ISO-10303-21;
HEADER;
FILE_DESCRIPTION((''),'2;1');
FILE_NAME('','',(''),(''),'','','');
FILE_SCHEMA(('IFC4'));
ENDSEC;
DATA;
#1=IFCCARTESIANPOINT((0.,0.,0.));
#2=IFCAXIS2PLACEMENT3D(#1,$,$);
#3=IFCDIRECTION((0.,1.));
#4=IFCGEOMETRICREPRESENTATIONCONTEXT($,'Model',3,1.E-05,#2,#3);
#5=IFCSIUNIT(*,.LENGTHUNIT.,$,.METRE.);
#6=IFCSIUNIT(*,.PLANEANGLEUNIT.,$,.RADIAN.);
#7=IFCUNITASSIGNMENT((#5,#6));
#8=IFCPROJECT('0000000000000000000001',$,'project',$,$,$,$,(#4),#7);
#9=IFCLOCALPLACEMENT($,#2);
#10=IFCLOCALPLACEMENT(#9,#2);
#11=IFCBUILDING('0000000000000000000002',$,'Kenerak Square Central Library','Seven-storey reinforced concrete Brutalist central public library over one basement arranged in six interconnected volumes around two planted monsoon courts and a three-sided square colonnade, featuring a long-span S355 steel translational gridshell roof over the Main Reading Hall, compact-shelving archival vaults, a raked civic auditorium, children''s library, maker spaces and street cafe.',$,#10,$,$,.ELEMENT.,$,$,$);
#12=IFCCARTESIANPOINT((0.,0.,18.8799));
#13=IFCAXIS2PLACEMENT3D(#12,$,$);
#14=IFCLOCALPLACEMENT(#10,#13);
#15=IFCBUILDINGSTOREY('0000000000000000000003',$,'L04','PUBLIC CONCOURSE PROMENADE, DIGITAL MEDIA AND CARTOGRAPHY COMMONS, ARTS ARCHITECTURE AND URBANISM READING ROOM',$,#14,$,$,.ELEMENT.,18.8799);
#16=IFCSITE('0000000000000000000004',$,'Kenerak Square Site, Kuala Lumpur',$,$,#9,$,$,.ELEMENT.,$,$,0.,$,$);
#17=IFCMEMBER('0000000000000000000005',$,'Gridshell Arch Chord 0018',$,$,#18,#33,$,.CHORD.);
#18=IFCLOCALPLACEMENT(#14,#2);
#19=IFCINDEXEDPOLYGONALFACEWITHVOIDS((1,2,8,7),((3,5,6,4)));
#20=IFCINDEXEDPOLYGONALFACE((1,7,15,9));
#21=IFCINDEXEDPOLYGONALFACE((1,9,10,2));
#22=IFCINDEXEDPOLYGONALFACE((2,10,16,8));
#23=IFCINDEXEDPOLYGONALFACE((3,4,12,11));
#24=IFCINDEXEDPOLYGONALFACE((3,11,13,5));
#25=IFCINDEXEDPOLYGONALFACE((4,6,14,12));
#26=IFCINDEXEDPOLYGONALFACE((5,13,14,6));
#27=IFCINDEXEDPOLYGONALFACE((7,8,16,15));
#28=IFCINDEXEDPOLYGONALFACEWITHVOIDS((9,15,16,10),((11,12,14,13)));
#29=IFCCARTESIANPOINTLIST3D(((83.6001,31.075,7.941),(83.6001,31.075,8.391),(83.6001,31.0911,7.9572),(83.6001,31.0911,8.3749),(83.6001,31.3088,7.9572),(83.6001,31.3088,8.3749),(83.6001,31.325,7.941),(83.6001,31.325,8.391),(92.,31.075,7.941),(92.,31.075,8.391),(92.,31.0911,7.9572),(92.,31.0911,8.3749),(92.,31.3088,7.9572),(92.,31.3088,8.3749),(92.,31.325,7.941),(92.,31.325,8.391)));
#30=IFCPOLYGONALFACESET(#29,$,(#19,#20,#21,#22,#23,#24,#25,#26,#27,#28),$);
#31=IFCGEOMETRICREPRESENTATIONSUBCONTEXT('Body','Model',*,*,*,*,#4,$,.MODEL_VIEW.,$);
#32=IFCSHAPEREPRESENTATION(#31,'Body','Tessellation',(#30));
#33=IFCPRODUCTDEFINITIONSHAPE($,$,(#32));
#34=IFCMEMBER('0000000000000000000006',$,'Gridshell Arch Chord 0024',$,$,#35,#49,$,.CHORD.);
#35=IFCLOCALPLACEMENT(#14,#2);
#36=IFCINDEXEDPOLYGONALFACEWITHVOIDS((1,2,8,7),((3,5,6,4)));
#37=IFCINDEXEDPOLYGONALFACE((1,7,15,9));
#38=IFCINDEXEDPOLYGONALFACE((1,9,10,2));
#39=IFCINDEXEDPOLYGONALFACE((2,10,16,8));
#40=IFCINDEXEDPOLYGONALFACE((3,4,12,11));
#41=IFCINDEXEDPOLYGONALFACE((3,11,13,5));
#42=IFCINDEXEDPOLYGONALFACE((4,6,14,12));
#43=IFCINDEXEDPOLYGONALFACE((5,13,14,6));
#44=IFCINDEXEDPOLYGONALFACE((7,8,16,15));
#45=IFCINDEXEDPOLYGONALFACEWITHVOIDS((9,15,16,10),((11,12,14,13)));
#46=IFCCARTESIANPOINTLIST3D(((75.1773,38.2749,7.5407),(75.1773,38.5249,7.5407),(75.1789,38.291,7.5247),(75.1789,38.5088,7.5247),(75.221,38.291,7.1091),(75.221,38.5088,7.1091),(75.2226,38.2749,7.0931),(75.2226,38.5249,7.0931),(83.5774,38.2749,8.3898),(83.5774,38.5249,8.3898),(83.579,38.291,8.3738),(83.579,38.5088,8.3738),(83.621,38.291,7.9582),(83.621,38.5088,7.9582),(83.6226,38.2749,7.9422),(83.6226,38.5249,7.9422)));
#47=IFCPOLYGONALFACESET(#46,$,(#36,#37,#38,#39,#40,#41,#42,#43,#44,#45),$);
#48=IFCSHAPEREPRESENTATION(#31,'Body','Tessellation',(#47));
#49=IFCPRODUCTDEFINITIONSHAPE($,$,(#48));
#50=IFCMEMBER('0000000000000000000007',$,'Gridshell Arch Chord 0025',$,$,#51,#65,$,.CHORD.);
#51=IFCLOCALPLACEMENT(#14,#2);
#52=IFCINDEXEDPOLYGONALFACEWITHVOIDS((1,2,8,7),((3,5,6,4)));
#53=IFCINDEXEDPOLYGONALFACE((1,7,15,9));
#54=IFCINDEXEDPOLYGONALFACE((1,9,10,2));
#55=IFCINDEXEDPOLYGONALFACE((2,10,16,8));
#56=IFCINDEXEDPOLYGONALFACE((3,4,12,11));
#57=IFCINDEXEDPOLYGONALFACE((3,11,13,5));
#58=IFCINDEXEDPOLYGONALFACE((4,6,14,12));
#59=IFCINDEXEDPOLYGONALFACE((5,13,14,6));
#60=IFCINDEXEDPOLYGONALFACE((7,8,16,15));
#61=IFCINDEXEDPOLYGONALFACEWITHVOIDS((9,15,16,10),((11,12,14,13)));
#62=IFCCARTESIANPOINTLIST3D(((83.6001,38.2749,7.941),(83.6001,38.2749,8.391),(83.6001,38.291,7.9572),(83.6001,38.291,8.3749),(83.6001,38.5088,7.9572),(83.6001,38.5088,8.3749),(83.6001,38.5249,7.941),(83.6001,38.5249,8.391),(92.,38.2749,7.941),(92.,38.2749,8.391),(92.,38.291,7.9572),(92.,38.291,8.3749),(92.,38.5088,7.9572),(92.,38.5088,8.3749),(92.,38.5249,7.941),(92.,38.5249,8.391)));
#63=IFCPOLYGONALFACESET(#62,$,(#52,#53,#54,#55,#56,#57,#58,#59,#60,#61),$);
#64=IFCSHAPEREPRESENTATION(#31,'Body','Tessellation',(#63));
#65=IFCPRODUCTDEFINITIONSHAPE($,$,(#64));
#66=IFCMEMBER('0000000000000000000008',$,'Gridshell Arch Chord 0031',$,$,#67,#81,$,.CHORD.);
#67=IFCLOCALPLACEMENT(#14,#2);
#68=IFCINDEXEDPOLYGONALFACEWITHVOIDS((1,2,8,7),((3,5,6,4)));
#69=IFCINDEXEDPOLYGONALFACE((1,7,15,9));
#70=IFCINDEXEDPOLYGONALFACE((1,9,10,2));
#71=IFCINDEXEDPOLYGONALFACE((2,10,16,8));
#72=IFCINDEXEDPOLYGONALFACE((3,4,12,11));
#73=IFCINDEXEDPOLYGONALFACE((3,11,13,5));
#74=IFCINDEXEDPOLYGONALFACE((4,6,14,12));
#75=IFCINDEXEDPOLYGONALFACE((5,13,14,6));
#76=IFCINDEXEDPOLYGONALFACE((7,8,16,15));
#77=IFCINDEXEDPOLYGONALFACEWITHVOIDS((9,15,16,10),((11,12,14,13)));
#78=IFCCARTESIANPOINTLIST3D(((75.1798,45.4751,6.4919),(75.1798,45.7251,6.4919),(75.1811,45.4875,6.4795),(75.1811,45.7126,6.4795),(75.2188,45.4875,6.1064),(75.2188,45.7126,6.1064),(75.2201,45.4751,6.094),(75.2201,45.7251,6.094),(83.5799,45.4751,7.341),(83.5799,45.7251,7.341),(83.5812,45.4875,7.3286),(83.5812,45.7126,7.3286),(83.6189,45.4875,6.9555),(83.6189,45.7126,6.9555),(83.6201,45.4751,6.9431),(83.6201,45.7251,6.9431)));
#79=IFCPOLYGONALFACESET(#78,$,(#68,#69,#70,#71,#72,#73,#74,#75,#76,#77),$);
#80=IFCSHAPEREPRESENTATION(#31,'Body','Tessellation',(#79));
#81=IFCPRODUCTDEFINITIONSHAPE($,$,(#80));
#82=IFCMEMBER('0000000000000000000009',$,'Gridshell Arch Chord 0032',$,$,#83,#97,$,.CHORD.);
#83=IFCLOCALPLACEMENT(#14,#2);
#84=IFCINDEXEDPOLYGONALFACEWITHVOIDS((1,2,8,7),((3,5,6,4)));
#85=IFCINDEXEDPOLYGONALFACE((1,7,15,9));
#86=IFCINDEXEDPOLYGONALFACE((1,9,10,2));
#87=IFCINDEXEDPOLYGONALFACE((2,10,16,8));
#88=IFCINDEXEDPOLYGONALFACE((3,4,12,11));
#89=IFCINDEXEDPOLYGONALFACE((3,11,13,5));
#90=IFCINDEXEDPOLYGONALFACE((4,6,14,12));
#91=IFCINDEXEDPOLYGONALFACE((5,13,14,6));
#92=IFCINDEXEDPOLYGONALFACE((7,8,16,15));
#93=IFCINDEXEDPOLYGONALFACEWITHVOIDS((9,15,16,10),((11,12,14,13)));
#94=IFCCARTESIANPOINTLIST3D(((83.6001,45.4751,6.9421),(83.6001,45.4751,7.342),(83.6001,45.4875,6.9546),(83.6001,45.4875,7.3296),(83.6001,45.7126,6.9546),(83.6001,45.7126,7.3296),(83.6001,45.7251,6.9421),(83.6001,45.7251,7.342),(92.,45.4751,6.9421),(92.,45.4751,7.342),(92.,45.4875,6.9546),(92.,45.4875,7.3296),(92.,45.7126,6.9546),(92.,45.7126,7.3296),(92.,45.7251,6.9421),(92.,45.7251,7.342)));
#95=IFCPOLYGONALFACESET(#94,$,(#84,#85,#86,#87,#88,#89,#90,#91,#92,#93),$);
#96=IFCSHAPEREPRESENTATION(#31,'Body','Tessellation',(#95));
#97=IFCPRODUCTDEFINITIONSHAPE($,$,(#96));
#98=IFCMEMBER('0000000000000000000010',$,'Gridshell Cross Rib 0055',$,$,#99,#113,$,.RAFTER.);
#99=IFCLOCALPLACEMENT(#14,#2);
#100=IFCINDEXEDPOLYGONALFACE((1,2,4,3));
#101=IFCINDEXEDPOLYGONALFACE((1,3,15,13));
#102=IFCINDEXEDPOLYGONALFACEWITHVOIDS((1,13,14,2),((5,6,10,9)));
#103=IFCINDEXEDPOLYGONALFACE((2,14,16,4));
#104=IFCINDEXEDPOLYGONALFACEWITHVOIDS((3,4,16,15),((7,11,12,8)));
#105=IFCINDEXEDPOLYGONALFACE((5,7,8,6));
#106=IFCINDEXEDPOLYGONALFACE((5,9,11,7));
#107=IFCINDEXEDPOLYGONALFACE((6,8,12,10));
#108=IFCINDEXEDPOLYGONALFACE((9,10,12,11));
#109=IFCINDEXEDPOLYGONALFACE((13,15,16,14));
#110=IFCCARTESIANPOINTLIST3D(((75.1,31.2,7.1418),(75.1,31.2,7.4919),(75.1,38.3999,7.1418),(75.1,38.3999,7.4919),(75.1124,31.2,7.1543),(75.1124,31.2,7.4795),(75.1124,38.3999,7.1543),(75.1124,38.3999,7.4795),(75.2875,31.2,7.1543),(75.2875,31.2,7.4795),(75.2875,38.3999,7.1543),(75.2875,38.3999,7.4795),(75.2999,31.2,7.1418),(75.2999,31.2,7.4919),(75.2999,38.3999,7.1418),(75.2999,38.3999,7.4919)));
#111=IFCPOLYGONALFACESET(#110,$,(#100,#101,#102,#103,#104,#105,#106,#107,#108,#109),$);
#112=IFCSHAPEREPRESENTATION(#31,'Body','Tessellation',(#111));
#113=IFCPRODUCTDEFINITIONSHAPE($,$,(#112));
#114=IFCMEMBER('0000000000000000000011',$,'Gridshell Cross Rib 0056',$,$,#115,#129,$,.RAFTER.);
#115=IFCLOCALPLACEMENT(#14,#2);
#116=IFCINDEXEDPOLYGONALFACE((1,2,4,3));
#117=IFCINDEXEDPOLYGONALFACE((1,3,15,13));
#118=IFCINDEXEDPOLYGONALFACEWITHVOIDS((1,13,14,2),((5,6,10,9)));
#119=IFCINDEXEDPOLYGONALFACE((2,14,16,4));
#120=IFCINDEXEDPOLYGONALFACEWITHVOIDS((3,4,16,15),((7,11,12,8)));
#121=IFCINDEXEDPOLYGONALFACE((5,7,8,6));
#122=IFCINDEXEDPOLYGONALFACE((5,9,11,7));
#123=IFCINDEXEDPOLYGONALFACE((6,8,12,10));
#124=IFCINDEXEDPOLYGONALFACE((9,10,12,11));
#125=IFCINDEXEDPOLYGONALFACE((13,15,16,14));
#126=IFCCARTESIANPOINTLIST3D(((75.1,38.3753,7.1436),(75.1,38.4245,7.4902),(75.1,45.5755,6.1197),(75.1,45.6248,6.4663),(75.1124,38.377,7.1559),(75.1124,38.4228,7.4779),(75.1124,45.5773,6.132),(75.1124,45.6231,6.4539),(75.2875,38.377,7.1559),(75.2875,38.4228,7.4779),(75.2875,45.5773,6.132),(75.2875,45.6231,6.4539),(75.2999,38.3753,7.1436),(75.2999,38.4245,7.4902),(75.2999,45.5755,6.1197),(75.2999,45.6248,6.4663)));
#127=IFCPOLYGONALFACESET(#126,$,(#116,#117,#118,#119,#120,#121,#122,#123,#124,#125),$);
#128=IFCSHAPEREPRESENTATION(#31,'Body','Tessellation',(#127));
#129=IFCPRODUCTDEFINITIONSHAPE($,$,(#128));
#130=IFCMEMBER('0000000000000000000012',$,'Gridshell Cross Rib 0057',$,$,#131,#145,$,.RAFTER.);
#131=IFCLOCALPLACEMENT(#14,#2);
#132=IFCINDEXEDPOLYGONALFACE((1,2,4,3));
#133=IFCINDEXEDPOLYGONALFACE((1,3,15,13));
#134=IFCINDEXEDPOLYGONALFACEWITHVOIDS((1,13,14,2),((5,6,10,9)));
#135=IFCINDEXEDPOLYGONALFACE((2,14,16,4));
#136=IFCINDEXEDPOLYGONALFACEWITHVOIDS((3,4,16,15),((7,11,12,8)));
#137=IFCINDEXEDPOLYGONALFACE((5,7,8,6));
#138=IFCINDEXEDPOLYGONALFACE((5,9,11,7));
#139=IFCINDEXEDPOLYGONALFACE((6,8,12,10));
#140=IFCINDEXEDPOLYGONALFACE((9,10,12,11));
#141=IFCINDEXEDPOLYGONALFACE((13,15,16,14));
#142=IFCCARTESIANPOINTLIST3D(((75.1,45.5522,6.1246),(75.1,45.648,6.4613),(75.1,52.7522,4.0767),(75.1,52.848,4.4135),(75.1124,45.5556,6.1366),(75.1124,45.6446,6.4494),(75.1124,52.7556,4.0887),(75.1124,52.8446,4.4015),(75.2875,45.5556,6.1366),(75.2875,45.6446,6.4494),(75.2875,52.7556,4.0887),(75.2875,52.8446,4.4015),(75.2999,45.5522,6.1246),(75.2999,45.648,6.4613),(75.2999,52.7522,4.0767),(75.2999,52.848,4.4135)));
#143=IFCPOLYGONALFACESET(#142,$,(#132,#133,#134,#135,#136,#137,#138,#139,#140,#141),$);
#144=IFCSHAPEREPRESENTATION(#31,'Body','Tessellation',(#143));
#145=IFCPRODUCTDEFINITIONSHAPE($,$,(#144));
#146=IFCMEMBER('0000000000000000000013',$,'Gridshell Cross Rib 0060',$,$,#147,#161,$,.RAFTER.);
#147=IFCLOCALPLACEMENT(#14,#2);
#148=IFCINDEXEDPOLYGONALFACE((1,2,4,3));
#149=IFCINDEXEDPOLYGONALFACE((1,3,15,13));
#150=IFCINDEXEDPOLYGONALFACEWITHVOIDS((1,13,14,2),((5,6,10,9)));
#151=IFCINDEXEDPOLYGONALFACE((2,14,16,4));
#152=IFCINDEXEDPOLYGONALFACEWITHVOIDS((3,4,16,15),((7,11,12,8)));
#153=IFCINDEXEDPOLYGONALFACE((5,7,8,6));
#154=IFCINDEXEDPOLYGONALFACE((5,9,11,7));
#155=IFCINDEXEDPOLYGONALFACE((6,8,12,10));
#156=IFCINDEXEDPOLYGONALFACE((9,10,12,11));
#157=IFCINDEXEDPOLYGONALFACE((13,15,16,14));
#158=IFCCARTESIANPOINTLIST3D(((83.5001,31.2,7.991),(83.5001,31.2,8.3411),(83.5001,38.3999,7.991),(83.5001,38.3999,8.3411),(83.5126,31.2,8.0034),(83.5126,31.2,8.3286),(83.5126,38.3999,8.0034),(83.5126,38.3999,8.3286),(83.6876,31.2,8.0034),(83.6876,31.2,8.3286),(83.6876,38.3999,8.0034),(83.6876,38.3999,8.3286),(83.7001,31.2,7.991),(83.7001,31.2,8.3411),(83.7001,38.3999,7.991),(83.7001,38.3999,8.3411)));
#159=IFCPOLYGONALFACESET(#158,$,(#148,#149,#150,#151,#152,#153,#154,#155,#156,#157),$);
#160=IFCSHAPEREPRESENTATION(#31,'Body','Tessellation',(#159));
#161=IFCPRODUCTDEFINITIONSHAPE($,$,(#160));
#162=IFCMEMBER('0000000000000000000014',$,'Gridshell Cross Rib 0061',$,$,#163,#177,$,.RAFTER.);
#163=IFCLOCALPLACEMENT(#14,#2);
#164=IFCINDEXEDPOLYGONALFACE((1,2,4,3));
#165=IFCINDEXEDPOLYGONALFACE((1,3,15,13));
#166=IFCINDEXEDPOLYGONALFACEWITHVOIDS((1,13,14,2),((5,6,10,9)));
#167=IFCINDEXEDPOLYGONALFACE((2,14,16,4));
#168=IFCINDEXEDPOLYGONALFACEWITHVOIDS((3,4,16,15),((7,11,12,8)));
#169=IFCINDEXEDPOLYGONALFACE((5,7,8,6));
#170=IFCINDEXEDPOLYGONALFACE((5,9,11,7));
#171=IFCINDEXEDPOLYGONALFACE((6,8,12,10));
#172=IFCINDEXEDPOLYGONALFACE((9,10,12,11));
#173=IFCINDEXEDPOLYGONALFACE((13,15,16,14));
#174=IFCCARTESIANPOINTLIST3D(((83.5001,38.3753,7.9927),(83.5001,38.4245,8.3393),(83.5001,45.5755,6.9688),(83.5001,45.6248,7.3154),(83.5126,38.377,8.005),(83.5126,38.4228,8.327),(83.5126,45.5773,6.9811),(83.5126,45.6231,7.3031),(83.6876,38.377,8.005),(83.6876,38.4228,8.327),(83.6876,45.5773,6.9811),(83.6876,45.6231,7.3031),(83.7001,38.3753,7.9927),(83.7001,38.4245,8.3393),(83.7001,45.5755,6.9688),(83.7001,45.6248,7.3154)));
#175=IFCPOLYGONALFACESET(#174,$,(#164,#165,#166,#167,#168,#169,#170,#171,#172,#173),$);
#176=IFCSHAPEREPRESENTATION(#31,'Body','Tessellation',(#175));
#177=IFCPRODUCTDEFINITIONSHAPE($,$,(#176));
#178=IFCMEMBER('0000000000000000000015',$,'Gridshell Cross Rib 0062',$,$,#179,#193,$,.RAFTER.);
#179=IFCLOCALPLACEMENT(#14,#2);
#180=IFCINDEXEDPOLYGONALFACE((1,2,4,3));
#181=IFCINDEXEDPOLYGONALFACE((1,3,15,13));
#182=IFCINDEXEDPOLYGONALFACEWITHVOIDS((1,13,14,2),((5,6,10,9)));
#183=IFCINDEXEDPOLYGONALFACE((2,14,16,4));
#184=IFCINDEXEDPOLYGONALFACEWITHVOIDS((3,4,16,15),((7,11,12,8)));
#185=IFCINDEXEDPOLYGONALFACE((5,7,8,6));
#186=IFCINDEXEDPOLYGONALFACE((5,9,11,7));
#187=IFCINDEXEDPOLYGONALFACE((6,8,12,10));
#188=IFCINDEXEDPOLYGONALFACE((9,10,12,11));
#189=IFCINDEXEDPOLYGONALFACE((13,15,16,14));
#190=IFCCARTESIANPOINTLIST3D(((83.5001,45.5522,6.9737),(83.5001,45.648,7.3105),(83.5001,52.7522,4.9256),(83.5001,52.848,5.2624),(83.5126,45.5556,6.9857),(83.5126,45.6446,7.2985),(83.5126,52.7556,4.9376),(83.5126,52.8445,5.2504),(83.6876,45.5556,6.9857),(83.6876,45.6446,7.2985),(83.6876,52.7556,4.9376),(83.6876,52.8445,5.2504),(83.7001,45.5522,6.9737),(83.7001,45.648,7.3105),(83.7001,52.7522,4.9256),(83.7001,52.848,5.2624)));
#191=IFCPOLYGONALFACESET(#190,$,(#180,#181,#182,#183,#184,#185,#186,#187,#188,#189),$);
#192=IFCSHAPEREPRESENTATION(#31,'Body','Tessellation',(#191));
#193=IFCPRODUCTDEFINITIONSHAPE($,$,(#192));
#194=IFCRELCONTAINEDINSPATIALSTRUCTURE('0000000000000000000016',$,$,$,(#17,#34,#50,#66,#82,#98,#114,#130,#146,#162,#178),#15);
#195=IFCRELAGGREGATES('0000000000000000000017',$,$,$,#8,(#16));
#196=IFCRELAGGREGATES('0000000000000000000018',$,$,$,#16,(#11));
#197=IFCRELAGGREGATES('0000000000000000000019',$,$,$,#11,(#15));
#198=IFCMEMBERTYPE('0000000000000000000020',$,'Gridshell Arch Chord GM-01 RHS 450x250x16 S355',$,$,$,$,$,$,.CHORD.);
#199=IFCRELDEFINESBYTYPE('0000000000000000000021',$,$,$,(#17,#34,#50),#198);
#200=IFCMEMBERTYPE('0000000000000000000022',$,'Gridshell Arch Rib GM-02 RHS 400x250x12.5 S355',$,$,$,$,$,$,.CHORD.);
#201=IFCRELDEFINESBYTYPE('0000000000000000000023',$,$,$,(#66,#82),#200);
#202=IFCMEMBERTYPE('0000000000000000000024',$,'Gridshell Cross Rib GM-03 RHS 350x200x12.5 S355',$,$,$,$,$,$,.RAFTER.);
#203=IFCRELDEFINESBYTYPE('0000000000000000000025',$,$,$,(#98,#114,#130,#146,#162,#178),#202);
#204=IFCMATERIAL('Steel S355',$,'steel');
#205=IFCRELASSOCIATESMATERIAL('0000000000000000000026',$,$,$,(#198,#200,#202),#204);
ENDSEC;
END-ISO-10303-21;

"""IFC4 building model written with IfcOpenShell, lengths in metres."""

from ifc_helpers import new_model, si_unit, direction, frame, origin, origin_2d, place, context, subcontext, project, spatial, hollow_rectangle, extrude, material, material_profile, profile_set, type_object, element, save


model = new_model("IFC4")

# Units and contexts
model_context = context("Model", 3, precision=1e-05, world=origin(), true_north=direction((0.0, 1.0)))
body_context = subcontext(model_context, "Body", "Model", "MODEL_VIEW")
ifc_project = project(units=[si_unit("LENGTHUNIT", "METRE"), si_unit("PLANEANGLEUNIT", "RADIAN")], contexts=[model_context])

# Site, building, storey
site_placement = place(None, origin())
site = spatial("IfcSite", under=ifc_project, at=site_placement, Name="Kenerak Square Site, Kuala Lumpur", CompositionType="ELEMENT", RefElevation=0.0)
building_placement = place(site_placement, origin())
building = spatial("IfcBuilding", under=site, at=building_placement, Name="Kenerak Square Central Library", Description="Seven-storey reinforced concrete Brutalist central public library over one basement arranged in six interconnected volumes around two planted monsoon courts and a three-sided square colonnade, featuring a long-span S355 steel translational gridshell roof over the Main Reading Hall, compact-shelving archival vaults, a raked civic auditorium, children's library, maker spaces and street cafe.", CompositionType="ELEMENT")
storey_placement = place(building_placement, frame((0.0, 0.0, 18.8799)))
storey = spatial("IfcBuildingStorey", under=building, at=storey_placement, Name="L04", Description="PUBLIC CONCOURSE PROMENADE, DIGITAL MEDIA AND CARTOGRAPHY COMMONS, ARTS ARCHITECTURE AND URBANISM READING ROOM", CompositionType="ELEMENT", Elevation=18.8799)

# Members
ifc_material = material(Name="Steel S355", Category="steel")
ifc_material_profile_1 = material_profile(ifc_material, hollow_rectangle(XDim=0.25, YDim=0.45, WallThickness=0.0161, at=origin_2d()), Name="RHS 450x250x16.0")
ifc_profile_set_1 = profile_set([ifc_material_profile_1], Name="Steel S355")
member_type_1 = type_object("IfcMemberType", Name="Gridshell Arch Chord GM-01 RHS 450x250x16 S355", PredefinedType="CHORD", material=ifc_profile_set_1)
member_1_placement = place(storey_placement, frame((83.6001, 31.2, 8.166), z_axis=(1.0, 0.0, 0.0), x_axis=(0.0, 1.0, 0.0)))
element("IfcMember", 1, at=member_1_placement, inside=storey, type_object=member_type_1, Name="Gridshell Arch Chord 0018", PredefinedType="CHORD", context=body_context, shape_type="SweptSolid", body=[
    extrude(hollow_rectangle(XDim=0.25, YDim=0.45, WallThickness=0.0161, at=origin_2d()), origin(), (0.0, 0.0, 1.0), 8.3999),
])
member_2_placement = place(storey_placement, frame((75.2, 38.3999, 7.3169), z_axis=(0.99493, 0.0, 0.100572), x_axis=(0.0, 1.0, 0.0)))
element("IfcMember", 2, at=member_2_placement, inside=storey, type_object=member_type_1, Name="Gridshell Arch Chord 0024", PredefinedType="CHORD", context=body_context, shape_type="SweptSolid", body=[
    extrude(hollow_rectangle(XDim=0.25, YDim=0.45, WallThickness=0.0161, at=origin_2d()), origin(), (0.0, 0.0, 1.0), 8.4429),
])
member_3_placement = place(storey_placement, frame((83.6001, 38.3999, 8.166), z_axis=(1.0, 0.0, 0.0), x_axis=(0.0, 1.0, 0.0)))
element("IfcMember", 3, at=member_3_placement, inside=storey, type_object=member_type_1, Name="Gridshell Arch Chord 0025", PredefinedType="CHORD", context=body_context, shape_type="SweptSolid", body=[
    extrude(hollow_rectangle(XDim=0.25, YDim=0.45, WallThickness=0.0161, at=origin_2d()), origin(), (0.0, 0.0, 1.0), 8.3999),
])
ifc_material_profile_2 = material_profile(ifc_material, hollow_rectangle(XDim=0.25, YDim=0.3999, WallThickness=0.0125, at=origin_2d()), Name="RHS 400x250x12.5")
ifc_profile_set_2 = profile_set([ifc_material_profile_2], Name="Steel S355")
member_type_2 = type_object("IfcMemberType", Name="Gridshell Arch Rib GM-02 RHS 400x250x12.5 S355", PredefinedType="CHORD", material=ifc_profile_set_2)
member_4_placement = place(storey_placement, frame((75.2, 45.6001, 6.293), z_axis=(0.99493, 0.0, 0.100572), x_axis=(0.0, 1.0, 0.0)))
element("IfcMember", 4, at=member_4_placement, inside=storey, type_object=member_type_2, Name="Gridshell Arch Chord 0031", PredefinedType="CHORD", context=body_context, shape_type="SweptSolid", body=[
    extrude(hollow_rectangle(XDim=0.25, YDim=0.3999, WallThickness=0.0125, at=origin_2d()), origin(), (0.0, 0.0, 1.0), 8.4429),
])
member_5_placement = place(storey_placement, frame((83.6001, 45.6001, 7.1421), z_axis=(1.0, 0.0, 0.0), x_axis=(0.0, 1.0, 0.0)))
element("IfcMember", 5, at=member_5_placement, inside=storey, type_object=member_type_2, Name="Gridshell Arch Chord 0032", PredefinedType="CHORD", context=body_context, shape_type="SweptSolid", body=[
    extrude(hollow_rectangle(XDim=0.25, YDim=0.3999, WallThickness=0.0125, at=origin_2d()), origin(), (0.0, 0.0, 1.0), 8.3999),
])
ifc_material_profile_3 = material_profile(ifc_material, hollow_rectangle(XDim=0.2, YDim=0.3501, WallThickness=0.0125, at=origin_2d()), Name="RHS 350x200x12.5")
ifc_profile_set_3 = profile_set([ifc_material_profile_3], Name="Steel S355")
member_type_3 = type_object("IfcMemberType", Name="Gridshell Cross Rib GM-03 RHS 350x200x12.5 S355", PredefinedType="RAFTER", material=ifc_profile_set_3)
member_6_placement = place(storey_placement, frame((75.2, 31.2, 7.3169), z_axis=(0.0, 1.0, 0.0), x_axis=(-1.0, 0.0, 0.0)))
element("IfcMember", 6, at=member_6_placement, inside=storey, type_object=member_type_3, Name="Gridshell Cross Rib 0055", PredefinedType="RAFTER", context=body_context, shape_type="SweptSolid", body=[
    extrude(hollow_rectangle(XDim=0.2, YDim=0.3501, WallThickness=0.0125, at=origin_2d()), origin(), (0.0, 0.0, 1.0), 7.2),
])
member_7_placement = place(storey_placement, frame((75.2, 38.3999, 7.3169), z_axis=(0.0, 0.990039, -0.140792), x_axis=(-1.0, 0.0, 0.0)))
element("IfcMember", 7, at=member_7_placement, inside=storey, type_object=member_type_3, Name="Gridshell Cross Rib 0056", PredefinedType="RAFTER", context=body_context, shape_type="SweptSolid", body=[
    extrude(hollow_rectangle(XDim=0.2, YDim=0.3501, WallThickness=0.0125, at=origin_2d()), origin(), (0.0, 0.0, 1.0), 7.2727),
])
member_8_placement = place(storey_placement, frame((75.2, 45.6001, 6.293), z_axis=(0.0, 0.961851, -0.273575), x_axis=(-1.0, 0.0, 0.0)))
element("IfcMember", 8, at=member_8_placement, inside=storey, type_object=member_type_3, Name="Gridshell Cross Rib 0057", PredefinedType="RAFTER", context=body_context, shape_type="SweptSolid", body=[
    extrude(hollow_rectangle(XDim=0.2, YDim=0.3501, WallThickness=0.0125, at=origin_2d()), origin(), (0.0, 0.0, 1.0), 7.4856),
])
member_9_placement = place(storey_placement, frame((83.6001, 31.2, 8.166), z_axis=(0.0, 1.0, 0.0), x_axis=(-1.0, 0.0, 0.0)))
element("IfcMember", 9, at=member_9_placement, inside=storey, type_object=member_type_3, Name="Gridshell Cross Rib 0060", PredefinedType="RAFTER", context=body_context, shape_type="SweptSolid", body=[
    extrude(hollow_rectangle(XDim=0.2, YDim=0.3501, WallThickness=0.0125, at=origin_2d()), origin(), (0.0, 0.0, 1.0), 7.2),
])
member_10_placement = place(storey_placement, frame((83.6001, 38.3999, 8.166), z_axis=(0.0, 0.990039, -0.140792), x_axis=(-1.0, 0.0, 0.0)))
element("IfcMember", 10, at=member_10_placement, inside=storey, type_object=member_type_3, Name="Gridshell Cross Rib 0061", PredefinedType="RAFTER", context=body_context, shape_type="SweptSolid", body=[
    extrude(hollow_rectangle(XDim=0.2, YDim=0.3501, WallThickness=0.0125, at=origin_2d()), origin(), (0.0, 0.0, 1.0), 7.2727),
])
member_11_placement = place(storey_placement, frame((83.6001, 45.6001, 7.1421), z_axis=(0.0, 0.961842, -0.273605), x_axis=(-1.0, 0.0, 0.0)))
element("IfcMember", 11, at=member_11_placement, inside=storey, type_object=member_type_3, Name="Gridshell Cross Rib 0062", PredefinedType="RAFTER", context=body_context, shape_type="SweptSolid", body=[
    extrude(hollow_rectangle(XDim=0.2, YDim=0.3501, WallThickness=0.0125, at=origin_2d()), origin(), (0.0, 0.0, 1.0), 7.4856),
])

save(model, "model.ifc")
